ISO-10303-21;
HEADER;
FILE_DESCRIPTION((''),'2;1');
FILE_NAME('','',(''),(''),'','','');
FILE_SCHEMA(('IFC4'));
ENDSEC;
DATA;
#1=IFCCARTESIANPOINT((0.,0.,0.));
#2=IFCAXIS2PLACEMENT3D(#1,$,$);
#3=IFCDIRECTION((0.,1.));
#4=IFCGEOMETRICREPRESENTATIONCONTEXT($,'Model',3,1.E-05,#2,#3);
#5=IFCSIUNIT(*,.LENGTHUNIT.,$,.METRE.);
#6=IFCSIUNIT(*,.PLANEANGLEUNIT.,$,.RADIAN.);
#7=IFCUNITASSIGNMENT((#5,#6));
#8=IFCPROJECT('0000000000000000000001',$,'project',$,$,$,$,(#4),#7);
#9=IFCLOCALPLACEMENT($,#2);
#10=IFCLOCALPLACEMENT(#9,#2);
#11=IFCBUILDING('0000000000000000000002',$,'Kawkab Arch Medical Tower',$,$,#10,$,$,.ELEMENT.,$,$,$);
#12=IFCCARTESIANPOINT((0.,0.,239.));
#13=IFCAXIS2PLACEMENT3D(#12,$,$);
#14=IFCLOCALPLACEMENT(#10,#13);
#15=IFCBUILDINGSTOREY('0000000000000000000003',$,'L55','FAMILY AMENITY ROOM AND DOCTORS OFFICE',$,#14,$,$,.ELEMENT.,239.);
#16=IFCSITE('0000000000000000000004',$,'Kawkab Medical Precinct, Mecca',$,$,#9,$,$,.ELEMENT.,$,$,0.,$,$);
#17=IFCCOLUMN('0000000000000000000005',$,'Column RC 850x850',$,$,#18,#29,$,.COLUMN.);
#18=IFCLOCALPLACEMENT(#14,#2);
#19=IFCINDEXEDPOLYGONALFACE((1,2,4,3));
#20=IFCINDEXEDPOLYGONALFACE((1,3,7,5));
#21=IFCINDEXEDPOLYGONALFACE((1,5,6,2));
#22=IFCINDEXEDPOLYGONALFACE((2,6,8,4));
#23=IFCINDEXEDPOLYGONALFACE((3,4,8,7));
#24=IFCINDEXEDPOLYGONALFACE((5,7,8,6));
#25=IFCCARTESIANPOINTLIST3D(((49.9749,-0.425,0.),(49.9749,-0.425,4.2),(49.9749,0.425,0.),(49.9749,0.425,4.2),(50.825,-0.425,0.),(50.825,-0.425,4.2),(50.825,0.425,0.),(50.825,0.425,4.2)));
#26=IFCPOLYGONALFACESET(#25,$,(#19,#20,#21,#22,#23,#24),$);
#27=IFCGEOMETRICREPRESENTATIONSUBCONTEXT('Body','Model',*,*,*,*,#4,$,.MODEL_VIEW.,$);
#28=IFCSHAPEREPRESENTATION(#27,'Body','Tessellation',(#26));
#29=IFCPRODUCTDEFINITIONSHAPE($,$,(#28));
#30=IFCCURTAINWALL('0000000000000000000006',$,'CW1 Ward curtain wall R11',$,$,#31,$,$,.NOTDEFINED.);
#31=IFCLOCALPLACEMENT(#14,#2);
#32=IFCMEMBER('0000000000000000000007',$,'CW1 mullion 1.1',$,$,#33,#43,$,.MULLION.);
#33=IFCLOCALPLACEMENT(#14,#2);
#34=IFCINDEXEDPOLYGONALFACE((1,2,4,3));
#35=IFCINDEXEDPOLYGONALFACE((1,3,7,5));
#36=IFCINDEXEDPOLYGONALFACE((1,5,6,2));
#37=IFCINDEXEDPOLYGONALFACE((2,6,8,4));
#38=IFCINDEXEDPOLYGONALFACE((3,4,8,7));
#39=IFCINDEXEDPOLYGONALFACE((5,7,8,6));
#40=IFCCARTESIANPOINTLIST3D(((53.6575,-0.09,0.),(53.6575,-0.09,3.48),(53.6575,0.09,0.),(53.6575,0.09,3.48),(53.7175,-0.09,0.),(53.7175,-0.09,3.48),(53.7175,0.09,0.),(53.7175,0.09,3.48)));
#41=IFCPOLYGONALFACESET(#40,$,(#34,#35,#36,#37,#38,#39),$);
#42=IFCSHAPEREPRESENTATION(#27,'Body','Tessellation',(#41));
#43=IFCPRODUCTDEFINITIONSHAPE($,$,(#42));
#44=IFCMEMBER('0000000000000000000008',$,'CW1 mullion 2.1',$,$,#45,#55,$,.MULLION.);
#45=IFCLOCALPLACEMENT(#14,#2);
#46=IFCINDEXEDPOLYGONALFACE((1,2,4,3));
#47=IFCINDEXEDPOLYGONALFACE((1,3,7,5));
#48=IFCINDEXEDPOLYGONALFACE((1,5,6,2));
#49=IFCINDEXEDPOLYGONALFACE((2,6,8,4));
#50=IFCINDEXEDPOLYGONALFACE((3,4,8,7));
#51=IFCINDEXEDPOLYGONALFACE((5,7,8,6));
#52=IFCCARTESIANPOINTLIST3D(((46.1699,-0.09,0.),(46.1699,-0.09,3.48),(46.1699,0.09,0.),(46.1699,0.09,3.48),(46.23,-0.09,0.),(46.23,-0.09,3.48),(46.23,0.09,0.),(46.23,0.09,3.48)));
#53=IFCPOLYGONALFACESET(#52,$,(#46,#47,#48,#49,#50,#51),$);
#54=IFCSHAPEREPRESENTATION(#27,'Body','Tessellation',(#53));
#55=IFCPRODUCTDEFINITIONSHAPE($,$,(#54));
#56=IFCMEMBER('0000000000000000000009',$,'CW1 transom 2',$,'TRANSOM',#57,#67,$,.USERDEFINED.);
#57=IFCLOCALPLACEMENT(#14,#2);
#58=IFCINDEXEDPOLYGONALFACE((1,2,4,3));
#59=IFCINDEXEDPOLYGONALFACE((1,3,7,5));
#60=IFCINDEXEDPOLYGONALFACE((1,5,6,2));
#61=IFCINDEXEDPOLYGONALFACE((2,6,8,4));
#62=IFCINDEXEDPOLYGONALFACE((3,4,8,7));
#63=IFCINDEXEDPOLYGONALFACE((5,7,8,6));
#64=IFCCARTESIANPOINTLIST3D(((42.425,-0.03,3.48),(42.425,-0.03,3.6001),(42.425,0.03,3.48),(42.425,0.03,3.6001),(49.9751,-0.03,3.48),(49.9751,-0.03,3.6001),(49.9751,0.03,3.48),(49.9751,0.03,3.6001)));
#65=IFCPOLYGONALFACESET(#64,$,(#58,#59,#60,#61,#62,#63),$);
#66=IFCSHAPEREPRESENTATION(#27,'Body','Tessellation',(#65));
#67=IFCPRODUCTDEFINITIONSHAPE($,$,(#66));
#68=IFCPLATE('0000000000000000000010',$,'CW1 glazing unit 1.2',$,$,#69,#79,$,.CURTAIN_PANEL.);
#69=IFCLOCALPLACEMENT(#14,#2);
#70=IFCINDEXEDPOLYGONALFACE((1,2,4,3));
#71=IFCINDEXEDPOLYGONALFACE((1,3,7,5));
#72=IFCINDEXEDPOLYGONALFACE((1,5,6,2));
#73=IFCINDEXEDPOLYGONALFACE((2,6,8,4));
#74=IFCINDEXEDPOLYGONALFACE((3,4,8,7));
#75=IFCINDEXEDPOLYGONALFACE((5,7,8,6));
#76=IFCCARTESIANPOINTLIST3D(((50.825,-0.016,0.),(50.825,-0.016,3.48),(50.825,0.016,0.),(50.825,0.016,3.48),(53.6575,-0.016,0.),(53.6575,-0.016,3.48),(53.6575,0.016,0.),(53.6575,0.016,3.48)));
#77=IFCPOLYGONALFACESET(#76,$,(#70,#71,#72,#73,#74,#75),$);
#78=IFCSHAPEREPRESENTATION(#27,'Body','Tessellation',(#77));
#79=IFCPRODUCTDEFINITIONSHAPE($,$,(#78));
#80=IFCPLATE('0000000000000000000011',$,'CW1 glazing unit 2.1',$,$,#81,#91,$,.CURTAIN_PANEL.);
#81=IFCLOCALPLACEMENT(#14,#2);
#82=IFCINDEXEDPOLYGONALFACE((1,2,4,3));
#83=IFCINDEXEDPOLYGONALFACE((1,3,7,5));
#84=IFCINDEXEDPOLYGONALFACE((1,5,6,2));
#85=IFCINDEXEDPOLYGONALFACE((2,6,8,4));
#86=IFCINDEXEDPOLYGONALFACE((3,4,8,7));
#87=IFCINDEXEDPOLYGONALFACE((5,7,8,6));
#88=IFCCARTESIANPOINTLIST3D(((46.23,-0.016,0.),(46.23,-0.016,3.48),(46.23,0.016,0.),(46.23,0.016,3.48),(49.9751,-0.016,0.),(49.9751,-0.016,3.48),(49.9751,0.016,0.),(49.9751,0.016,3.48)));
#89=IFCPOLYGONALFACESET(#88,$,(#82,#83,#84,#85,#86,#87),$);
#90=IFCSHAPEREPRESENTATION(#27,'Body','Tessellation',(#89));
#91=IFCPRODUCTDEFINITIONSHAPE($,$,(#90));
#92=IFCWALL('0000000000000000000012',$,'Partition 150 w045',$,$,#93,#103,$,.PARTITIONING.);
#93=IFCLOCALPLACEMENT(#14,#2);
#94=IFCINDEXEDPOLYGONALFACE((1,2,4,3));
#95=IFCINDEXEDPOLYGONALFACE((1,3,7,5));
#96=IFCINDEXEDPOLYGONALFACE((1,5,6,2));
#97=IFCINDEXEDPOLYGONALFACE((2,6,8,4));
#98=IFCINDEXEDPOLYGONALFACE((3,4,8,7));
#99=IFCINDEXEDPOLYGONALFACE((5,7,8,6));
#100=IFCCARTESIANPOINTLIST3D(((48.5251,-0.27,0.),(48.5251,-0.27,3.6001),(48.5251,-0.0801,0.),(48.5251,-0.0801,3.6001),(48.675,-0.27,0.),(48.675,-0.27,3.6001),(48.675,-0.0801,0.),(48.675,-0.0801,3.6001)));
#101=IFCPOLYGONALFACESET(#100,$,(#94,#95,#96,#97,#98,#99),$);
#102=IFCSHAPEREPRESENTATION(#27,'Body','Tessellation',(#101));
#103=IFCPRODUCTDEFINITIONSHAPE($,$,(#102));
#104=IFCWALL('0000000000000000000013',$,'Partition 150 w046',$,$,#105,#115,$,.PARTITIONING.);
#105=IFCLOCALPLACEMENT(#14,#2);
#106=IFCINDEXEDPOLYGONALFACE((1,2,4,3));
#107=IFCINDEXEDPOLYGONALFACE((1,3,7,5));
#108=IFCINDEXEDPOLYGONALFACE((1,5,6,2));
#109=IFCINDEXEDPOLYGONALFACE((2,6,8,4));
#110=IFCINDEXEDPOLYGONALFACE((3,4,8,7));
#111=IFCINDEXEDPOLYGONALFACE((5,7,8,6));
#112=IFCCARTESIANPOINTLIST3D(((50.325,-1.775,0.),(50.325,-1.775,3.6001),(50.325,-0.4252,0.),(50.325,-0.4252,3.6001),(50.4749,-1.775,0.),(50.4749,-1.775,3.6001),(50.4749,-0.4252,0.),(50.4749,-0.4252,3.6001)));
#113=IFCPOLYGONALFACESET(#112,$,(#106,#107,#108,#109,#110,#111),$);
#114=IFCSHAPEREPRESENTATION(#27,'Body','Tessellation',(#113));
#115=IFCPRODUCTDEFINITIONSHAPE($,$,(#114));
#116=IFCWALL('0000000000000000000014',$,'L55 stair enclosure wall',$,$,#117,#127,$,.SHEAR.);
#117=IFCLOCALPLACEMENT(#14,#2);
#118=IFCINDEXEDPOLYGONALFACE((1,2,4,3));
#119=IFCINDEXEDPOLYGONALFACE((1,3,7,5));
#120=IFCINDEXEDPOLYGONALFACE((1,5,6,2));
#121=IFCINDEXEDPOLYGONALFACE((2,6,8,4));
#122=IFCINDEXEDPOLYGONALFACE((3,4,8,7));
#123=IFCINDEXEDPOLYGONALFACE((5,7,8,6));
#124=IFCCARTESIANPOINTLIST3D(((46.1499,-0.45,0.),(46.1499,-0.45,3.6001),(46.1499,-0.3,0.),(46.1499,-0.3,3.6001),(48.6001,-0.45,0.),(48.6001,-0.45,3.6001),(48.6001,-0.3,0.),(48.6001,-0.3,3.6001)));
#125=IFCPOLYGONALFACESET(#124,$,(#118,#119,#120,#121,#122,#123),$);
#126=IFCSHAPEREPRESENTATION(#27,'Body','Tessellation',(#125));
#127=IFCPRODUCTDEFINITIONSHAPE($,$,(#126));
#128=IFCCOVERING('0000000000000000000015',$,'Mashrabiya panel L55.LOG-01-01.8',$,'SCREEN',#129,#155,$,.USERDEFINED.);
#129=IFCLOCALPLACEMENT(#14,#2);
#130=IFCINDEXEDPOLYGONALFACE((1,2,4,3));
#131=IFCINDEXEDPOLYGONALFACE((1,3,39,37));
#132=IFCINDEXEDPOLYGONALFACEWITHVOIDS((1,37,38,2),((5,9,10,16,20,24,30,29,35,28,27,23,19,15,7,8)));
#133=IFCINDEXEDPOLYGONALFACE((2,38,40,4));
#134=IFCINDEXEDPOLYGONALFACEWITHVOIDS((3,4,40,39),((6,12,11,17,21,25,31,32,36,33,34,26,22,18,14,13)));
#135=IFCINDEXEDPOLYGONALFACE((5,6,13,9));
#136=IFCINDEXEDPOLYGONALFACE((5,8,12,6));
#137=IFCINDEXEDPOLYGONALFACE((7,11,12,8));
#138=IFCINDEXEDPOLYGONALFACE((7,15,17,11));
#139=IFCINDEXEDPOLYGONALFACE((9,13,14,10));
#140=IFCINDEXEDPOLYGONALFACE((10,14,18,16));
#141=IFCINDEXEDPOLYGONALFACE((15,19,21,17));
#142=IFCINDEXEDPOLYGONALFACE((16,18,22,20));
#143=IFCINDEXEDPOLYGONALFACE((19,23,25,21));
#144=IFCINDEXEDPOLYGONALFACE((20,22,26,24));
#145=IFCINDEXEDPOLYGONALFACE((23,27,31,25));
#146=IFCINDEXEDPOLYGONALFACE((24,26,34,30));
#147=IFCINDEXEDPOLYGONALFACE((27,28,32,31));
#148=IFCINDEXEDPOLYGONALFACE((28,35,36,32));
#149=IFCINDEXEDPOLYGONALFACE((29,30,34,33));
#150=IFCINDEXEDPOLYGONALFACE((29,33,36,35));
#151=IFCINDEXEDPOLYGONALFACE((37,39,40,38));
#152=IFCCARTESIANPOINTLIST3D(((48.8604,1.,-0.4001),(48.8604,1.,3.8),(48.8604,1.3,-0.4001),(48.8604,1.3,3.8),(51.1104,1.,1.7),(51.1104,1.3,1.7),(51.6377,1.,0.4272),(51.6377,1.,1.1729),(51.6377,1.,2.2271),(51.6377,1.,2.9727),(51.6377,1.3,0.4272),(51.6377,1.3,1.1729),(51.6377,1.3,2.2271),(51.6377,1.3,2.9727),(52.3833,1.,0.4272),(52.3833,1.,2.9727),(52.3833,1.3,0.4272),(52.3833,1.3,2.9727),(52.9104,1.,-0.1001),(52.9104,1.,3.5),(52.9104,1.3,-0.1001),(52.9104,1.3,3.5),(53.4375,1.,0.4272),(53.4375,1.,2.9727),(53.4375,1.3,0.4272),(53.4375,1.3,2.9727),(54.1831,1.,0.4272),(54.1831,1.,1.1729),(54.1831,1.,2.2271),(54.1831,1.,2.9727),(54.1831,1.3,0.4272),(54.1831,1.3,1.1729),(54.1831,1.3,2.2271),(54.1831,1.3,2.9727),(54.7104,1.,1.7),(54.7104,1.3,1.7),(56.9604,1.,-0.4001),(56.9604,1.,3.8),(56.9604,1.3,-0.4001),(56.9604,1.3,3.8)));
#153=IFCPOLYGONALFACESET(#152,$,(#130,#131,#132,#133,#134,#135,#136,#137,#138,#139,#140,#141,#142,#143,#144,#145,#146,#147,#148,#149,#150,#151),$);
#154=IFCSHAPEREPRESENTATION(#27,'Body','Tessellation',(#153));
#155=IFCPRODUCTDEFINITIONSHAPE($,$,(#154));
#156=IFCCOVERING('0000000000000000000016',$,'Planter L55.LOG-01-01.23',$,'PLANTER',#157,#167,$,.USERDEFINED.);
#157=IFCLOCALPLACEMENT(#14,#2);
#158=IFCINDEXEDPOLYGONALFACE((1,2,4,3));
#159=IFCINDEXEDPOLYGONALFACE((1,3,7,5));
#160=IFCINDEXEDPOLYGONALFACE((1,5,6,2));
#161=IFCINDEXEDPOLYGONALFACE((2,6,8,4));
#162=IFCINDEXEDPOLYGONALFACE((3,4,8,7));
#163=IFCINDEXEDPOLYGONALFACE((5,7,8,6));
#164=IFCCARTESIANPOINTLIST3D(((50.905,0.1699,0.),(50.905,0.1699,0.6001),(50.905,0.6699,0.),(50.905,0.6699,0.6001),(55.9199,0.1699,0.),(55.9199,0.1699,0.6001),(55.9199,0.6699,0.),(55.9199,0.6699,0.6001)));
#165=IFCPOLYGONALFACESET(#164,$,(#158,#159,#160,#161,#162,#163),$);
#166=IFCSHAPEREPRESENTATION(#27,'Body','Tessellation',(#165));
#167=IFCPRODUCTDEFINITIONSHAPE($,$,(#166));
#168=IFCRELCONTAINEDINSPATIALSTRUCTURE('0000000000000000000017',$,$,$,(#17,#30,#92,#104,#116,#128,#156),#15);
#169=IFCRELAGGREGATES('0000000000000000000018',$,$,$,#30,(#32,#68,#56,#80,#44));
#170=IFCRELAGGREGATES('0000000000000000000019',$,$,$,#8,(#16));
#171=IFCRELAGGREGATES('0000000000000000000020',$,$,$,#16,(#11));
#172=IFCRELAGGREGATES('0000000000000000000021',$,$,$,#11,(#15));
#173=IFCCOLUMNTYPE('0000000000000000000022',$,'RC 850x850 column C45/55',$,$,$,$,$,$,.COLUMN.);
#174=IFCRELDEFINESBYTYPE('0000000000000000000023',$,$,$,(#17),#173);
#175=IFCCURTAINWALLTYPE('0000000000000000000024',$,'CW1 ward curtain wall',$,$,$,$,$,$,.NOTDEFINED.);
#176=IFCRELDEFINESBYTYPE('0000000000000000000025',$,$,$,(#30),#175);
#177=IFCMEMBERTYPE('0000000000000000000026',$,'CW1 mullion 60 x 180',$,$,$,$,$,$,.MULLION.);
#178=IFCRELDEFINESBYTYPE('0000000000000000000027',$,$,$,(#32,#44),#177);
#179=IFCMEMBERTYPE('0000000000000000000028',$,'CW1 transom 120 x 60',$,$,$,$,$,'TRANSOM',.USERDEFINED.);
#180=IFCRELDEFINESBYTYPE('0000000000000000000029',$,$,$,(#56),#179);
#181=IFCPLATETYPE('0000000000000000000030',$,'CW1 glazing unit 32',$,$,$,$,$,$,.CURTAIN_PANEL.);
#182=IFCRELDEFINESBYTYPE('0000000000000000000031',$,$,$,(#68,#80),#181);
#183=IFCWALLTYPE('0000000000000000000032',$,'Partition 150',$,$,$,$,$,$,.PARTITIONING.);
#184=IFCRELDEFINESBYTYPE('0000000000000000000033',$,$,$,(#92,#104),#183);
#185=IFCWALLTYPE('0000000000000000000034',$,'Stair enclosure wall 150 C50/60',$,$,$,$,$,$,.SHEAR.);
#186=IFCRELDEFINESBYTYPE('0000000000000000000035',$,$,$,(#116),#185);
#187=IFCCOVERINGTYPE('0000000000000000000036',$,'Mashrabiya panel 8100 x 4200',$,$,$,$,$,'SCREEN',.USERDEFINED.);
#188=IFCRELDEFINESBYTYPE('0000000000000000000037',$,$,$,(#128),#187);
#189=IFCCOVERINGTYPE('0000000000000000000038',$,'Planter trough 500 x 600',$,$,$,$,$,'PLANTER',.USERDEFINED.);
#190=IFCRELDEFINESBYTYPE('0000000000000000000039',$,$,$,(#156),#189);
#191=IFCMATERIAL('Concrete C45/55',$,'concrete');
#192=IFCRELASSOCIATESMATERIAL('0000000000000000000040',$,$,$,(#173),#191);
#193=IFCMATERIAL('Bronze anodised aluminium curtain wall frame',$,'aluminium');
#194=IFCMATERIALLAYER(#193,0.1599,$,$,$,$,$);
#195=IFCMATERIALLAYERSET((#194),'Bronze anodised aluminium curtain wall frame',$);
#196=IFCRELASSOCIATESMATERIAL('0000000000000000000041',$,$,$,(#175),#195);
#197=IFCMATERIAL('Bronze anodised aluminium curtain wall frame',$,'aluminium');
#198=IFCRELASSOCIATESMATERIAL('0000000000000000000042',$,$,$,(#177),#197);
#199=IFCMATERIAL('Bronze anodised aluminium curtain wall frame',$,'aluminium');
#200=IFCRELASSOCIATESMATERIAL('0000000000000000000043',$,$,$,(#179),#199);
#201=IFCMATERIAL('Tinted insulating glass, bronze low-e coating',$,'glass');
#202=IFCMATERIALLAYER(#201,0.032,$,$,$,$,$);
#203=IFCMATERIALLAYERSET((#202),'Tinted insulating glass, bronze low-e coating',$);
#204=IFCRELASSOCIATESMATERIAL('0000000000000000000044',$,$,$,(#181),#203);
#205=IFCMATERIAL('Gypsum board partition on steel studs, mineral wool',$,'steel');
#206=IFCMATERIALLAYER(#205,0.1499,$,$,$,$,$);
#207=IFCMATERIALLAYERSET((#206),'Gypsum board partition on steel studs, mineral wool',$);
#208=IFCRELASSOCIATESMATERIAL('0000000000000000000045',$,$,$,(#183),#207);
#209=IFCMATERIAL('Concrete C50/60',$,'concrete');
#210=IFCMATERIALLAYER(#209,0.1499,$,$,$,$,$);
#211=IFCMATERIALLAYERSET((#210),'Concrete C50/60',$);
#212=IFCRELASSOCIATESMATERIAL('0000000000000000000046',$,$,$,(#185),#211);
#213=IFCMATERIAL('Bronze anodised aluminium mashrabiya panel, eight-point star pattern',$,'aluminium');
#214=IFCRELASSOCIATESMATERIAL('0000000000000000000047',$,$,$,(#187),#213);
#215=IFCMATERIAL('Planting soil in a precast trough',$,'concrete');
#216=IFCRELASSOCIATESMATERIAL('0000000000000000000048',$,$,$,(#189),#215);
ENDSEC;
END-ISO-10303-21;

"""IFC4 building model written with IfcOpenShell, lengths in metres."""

from ifc_helpers import new_model, si_unit, direction, frame, frame_2d, origin, origin_2d, place, context, subcontext, project, spatial, polyline, rectangle, outline, extrude, material, layer, layer_set, material_profile, profile_set, type_object, element, aggregate, save


model = new_model("IFC4")

# Units and contexts
model_context = context("Model", 3, precision=1e-05, world=origin(), true_north=direction((0.0, 1.0)))
body_context = subcontext(model_context, "Body", "Model", "MODEL_VIEW")
ifc_project = project(units=[si_unit("LENGTHUNIT", "METRE"), si_unit("PLANEANGLEUNIT", "RADIAN")], contexts=[model_context])

# Site, building, storey
site_placement = place(None, origin())
site = spatial("IfcSite", under=ifc_project, at=site_placement, Name="Kawkab Medical Precinct, Mecca", CompositionType="ELEMENT", RefElevation=0.0)
building_placement = place(site_placement, origin())
building = spatial("IfcBuilding", under=site, at=building_placement, Name="Kawkab Arch Medical Tower", CompositionType="ELEMENT")
storey_placement = place(building_placement, frame((0.0, 0.0, 239.0)))
storey = spatial("IfcBuildingStorey", under=building, at=storey_placement, Name="L55", Description="FAMILY AMENITY ROOM AND DOCTORS OFFICE", CompositionType="ELEMENT", Elevation=239.0)

# Column
ifc_material_1 = material(Name="Concrete C45/55", Category="concrete")
ifc_material_profile_1 = material_profile(ifc_material_1, rectangle(XDim=0.8501, YDim=0.8501, at=origin_2d()), Name="RC 850x850")
ifc_profile_set_1 = profile_set([ifc_material_profile_1], Name="Concrete C45/55")
column_type = type_object("IfcColumnType", Name="RC 850x850 column C45/55", PredefinedType="COLUMN", material=ifc_profile_set_1)
column_placement = place(storey_placement, frame((50.3999, 0.0, 0.0), z_axis=(0.0, 0.0, 1.0), x_axis=(1.0, 0.0, 0.0)))
element("IfcColumn", 1, at=column_placement, inside=storey, type_object=column_type, Name="Column RC 850x850", PredefinedType="COLUMN", context=body_context, shape_type="SweptSolid", body=[
    extrude(rectangle(XDim=0.8501, YDim=0.8501, at=origin_2d()), origin(), (0.0, 0.0, 1.0), 4.2),
])

# Curtain wall, members, plates
ifc_material_2 = material(Name="Bronze anodised aluminium curtain wall frame", Category="aluminium")
ifc_layer_1 = layer(ifc_material_2, 0.1599)
ifc_layer_set_1 = layer_set([ifc_layer_1], Name="Bronze anodised aluminium curtain wall frame")
curtain_wall_type = type_object("IfcCurtainWallType", Name="CW1 ward curtain wall", PredefinedType="NOTDEFINED", material=ifc_layer_set_1)
curtain_wall_placement = place(storey_placement, origin())
curtain_wall = element("IfcCurtainWall", 2, at=curtain_wall_placement, inside=storey, type_object=curtain_wall_type, Name="CW1 Ward curtain wall R11", PredefinedType="NOTDEFINED")
ifc_material_3 = material(Name="Bronze anodised aluminium curtain wall frame", Category="aluminium")
ifc_material_profile_2 = material_profile(ifc_material_3, rectangle(XDim=0.1799, YDim=0.0601, at=origin_2d()), Name="AL 60x180")
ifc_profile_set_2 = profile_set([ifc_material_profile_2], Name="Bronze anodised aluminium curtain wall frame")
member_type_1 = type_object("IfcMemberType", Name="CW1 mullion 60 x 180", PredefinedType="MULLION", material=ifc_profile_set_2)
member_1_placement = place(storey_placement, frame((53.6875, 0.0, 0.0), z_axis=(0.0, 0.0, 1.0), x_axis=(0.0, -1.0, 0.0)))
member_1 = element("IfcMember", 3, at=member_1_placement, type_object=member_type_1, Name="CW1 mullion 1.1", PredefinedType="MULLION", context=body_context, shape_type="SweptSolid", body=[
    extrude(rectangle(XDim=0.1799, YDim=0.0601, at=origin_2d()), origin(), (0.0, 0.0, 1.0), 3.48),
])
member_2_placement = place(storey_placement, frame((46.2, 0.0, 0.0), z_axis=(0.0, 0.0, 1.0), x_axis=(0.0, -1.0, 0.0)))
member_2 = element("IfcMember", 4, at=member_2_placement, type_object=member_type_1, Name="CW1 mullion 2.1", PredefinedType="MULLION", context=body_context, shape_type="SweptSolid", body=[
    extrude(rectangle(XDim=0.1799, YDim=0.0601, at=origin_2d()), origin(), (0.0, 0.0, 1.0), 3.48),
])
ifc_material_4 = material(Name="Bronze anodised aluminium curtain wall frame", Category="aluminium")
ifc_material_profile_3 = material_profile(ifc_material_4, rectangle(XDim=0.0601, YDim=0.1201, at=origin_2d()), Name="AL 60x120")
ifc_profile_set_3 = profile_set([ifc_material_profile_3], Name="Bronze anodised aluminium curtain wall frame")
member_type_2 = type_object("IfcMemberType", Name="CW1 transom 120 x 60", ElementType="TRANSOM", PredefinedType="USERDEFINED", material=ifc_profile_set_3)
member_3_placement = place(storey_placement, frame((49.9751, 0.0, 3.54), z_axis=(-1.0, 0.0, 0.0), x_axis=(0.0, -1.0, 0.0)))
member_3 = element("IfcMember", 5, at=member_3_placement, type_object=member_type_2, Name="CW1 transom 2", ObjectType="TRANSOM", PredefinedType="USERDEFINED", context=body_context, shape_type="SweptSolid", body=[
    extrude(rectangle(XDim=0.0601, YDim=0.1201, at=origin_2d()), origin(), (0.0, 0.0, 1.0), 7.55),
])
ifc_material_5 = material(Name="Tinted insulating glass, bronze low-e coating", Category="glass")
ifc_layer_2 = layer(ifc_material_5, 0.032)
ifc_layer_set_2 = layer_set([ifc_layer_2], Name="Tinted insulating glass, bronze low-e coating")
plate_type = type_object("IfcPlateType", Name="CW1 glazing unit 32", PredefinedType="CURTAIN_PANEL", material=ifc_layer_set_2)
plate_1_placement = place(storey_placement, frame((52.2412, 0.0, 0.0), z_axis=(0.0, 0.0, 1.0), x_axis=(-1.0, 0.0, 0.0)))
plate_1 = element("IfcPlate", 6, at=plate_1_placement, type_object=plate_type, Name="CW1 glazing unit 1.2", PredefinedType="CURTAIN_PANEL", context=body_context, shape_type="SweptSolid", body=[
    extrude(rectangle(XDim=2.8325, YDim=0.032, at=origin_2d()), origin(), (0.0, 0.0, 1.0), 3.48),
])
plate_2_placement = place(storey_placement, frame((48.1025, 0.0, 0.0), z_axis=(0.0, 0.0, 1.0), x_axis=(-1.0, 0.0, 0.0)))
plate_2 = element("IfcPlate", 7, at=plate_2_placement, type_object=plate_type, Name="CW1 glazing unit 2.1", PredefinedType="CURTAIN_PANEL", context=body_context, shape_type="SweptSolid", body=[
    extrude(rectangle(XDim=3.7451, YDim=0.032, at=origin_2d()), origin(), (0.0, 0.0, 1.0), 3.48),
])
aggregate(curtain_wall, [member_1, plate_1, member_3, plate_2, member_2])

# Walls
ifc_material_6 = material(Name="Gypsum board partition on steel studs, mineral wool", Category="steel")
ifc_layer_3 = layer(ifc_material_6, 0.1499)
ifc_layer_set_3 = layer_set([ifc_layer_3], Name="Gypsum board partition on steel studs, mineral wool")
wall_type_1 = type_object("IfcWallType", Name="Partition 150", PredefinedType="PARTITIONING", material=ifc_layer_set_3)
wall_1_placement = place(storey_placement, frame((48.6001, -0.27, 0.0), z_axis=(0.0, 0.0, 1.0), x_axis=(0.0, 1.0, 0.0)))
element("IfcWall", 8, at=wall_1_placement, inside=storey, type_object=wall_type_1, Name="Partition 150 w045", PredefinedType="PARTITIONING", context=body_context, shape_type="SweptSolid", body=[
    extrude(rectangle(XDim=0.1899, YDim=0.1499, at=frame_2d((0.095, 0.0))), origin(), (0.0, 0.0, 1.0), 3.6001),
])
wall_2_placement = place(storey_placement, frame((50.3999, -1.7749, 0.0), z_axis=(0.0, 0.0, 1.0), x_axis=(0.0, 1.0, 0.0)))
element("IfcWall", 9, at=wall_2_placement, inside=storey, type_object=wall_type_1, Name="Partition 150 w046", PredefinedType="PARTITIONING", context=body_context, shape_type="SweptSolid", body=[
    extrude(rectangle(XDim=1.3499, YDim=0.1499, at=frame_2d((0.6748, 0.0))), origin(), (0.0, 0.0, 1.0), 3.6001),
])
ifc_material_7 = material(Name="Concrete C50/60", Category="concrete")
ifc_layer_4 = layer(ifc_material_7, 0.1499)
ifc_layer_set_4 = layer_set([ifc_layer_4], Name="Concrete C50/60")
wall_type_2 = type_object("IfcWallType", Name="Stair enclosure wall 150 C50/60", PredefinedType="SHEAR", material=ifc_layer_set_4)
wall_3_placement = place(storey_placement, frame((46.1499, -0.375, 0.0), z_axis=(0.0, 0.0, 1.0), x_axis=(1.0, 0.0, 0.0)))
element("IfcWall", 10, at=wall_3_placement, inside=storey, type_object=wall_type_2, Name="L55 stair enclosure wall", PredefinedType="SHEAR", context=body_context, shape_type="SweptSolid", body=[
    extrude(rectangle(XDim=2.4502, YDim=0.1499, at=frame_2d((1.2251, 0.0))), origin(), (0.0, 0.0, 1.0), 3.6001),
])

# Coverings
ifc_material_8 = material(Name="Bronze anodised aluminium mashrabiya panel, eight-point star pattern", Category="aluminium")
ifc_material_profile_4 = material_profile(ifc_material_8, outline(polyline([(-4.05, -2.1001), (4.05, -2.1001), (4.05, 2.1001), (-4.05, 2.1001), (-4.05, -2.1001)]), holes=[polyline([(1.8, 0.0), (1.2727, 0.5271), (1.2727, 1.2727), (0.5271, 1.2727), (0.0, 1.8), (-0.5271, 1.2727), (-1.2727, 1.2727), (-1.2727, 0.5271), (-1.8, 0.0), (-1.2727, -0.5271), (-1.2727, -1.2727), (-0.5271, -1.2727), (0.0, -1.8), (0.5271, -1.2727), (1.2727, -1.2727), (1.2727, -0.5271), (1.8, 0.0)])]), Name="Mashrabiya panel 8100x4200")
ifc_profile_set_4 = profile_set([ifc_material_profile_4], Name="Bronze anodised aluminium mashrabiya panel, eight-point star pattern")
covering_type_1 = type_object("IfcCoveringType", Name="Mashrabiya panel 8100 x 4200", ElementType="SCREEN", PredefinedType="USERDEFINED", material=ifc_profile_set_4)
covering_1_placement = place(storey_placement, frame((52.9104, 1.0, 1.7), z_axis=(0.0, 1.0, 0.0), x_axis=(-1.0, 0.0, 0.0)))
element("IfcCovering", 11, at=covering_1_placement, inside=storey, type_object=covering_type_1, Name="Mashrabiya panel L55.LOG-01-01.8", ObjectType="SCREEN", PredefinedType="USERDEFINED", context=body_context, shape_type="SweptSolid", body=[
    extrude(outline(polyline([(-4.05, -2.1001), (4.05, -2.1001), (4.05, 2.1001), (-4.05, 2.1001), (-4.05, -2.1001)]), holes=[polyline([(1.8, 0.0), (1.2727, 0.5271), (1.2727, 1.2727), (0.5271, 1.2727), (0.0, 1.8), (-0.5271, 1.2727), (-1.2727, 1.2727), (-1.2727, 0.5271), (-1.8, 0.0), (-1.2727, -0.5271), (-1.2727, -1.2727), (-0.5271, -1.2727), (0.0, -1.8), (0.5271, -1.2727), (1.2727, -1.2727), (1.2727, -0.5271), (1.8, 0.0)])]), origin(), (0.0, 0.0, 1.0), 0.3),
])
ifc_material_9 = material(Name="Planting soil in a precast trough", Category="concrete")
ifc_material_profile_5 = material_profile(ifc_material_9, rectangle(XDim=0.5, YDim=0.6001, at=origin_2d()), Name="Trough 500x600")
ifc_profile_set_5 = profile_set([ifc_material_profile_5], Name="Planting soil in a precast trough")
covering_type_2 = type_object("IfcCoveringType", Name="Planter trough 500 x 600", ElementType="PLANTER", PredefinedType="USERDEFINED", material=ifc_profile_set_5)
covering_2_placement = place(storey_placement, frame((50.905, 0.4199, 0.3), z_axis=(1.0, 0.0, 0.0), x_axis=(0.0, 1.0, 0.0)))
element("IfcCovering", 12, at=covering_2_placement, inside=storey, type_object=covering_type_2, Name="Planter L55.LOG-01-01.23", ObjectType="PLANTER", PredefinedType="USERDEFINED", context=body_context, shape_type="SweptSolid", body=[
    extrude(rectangle(XDim=0.5, YDim=0.6001, at=origin_2d()), origin(), (0.0, 0.0, 1.0), 5.0149),
])

save(model, "model.ifc")
